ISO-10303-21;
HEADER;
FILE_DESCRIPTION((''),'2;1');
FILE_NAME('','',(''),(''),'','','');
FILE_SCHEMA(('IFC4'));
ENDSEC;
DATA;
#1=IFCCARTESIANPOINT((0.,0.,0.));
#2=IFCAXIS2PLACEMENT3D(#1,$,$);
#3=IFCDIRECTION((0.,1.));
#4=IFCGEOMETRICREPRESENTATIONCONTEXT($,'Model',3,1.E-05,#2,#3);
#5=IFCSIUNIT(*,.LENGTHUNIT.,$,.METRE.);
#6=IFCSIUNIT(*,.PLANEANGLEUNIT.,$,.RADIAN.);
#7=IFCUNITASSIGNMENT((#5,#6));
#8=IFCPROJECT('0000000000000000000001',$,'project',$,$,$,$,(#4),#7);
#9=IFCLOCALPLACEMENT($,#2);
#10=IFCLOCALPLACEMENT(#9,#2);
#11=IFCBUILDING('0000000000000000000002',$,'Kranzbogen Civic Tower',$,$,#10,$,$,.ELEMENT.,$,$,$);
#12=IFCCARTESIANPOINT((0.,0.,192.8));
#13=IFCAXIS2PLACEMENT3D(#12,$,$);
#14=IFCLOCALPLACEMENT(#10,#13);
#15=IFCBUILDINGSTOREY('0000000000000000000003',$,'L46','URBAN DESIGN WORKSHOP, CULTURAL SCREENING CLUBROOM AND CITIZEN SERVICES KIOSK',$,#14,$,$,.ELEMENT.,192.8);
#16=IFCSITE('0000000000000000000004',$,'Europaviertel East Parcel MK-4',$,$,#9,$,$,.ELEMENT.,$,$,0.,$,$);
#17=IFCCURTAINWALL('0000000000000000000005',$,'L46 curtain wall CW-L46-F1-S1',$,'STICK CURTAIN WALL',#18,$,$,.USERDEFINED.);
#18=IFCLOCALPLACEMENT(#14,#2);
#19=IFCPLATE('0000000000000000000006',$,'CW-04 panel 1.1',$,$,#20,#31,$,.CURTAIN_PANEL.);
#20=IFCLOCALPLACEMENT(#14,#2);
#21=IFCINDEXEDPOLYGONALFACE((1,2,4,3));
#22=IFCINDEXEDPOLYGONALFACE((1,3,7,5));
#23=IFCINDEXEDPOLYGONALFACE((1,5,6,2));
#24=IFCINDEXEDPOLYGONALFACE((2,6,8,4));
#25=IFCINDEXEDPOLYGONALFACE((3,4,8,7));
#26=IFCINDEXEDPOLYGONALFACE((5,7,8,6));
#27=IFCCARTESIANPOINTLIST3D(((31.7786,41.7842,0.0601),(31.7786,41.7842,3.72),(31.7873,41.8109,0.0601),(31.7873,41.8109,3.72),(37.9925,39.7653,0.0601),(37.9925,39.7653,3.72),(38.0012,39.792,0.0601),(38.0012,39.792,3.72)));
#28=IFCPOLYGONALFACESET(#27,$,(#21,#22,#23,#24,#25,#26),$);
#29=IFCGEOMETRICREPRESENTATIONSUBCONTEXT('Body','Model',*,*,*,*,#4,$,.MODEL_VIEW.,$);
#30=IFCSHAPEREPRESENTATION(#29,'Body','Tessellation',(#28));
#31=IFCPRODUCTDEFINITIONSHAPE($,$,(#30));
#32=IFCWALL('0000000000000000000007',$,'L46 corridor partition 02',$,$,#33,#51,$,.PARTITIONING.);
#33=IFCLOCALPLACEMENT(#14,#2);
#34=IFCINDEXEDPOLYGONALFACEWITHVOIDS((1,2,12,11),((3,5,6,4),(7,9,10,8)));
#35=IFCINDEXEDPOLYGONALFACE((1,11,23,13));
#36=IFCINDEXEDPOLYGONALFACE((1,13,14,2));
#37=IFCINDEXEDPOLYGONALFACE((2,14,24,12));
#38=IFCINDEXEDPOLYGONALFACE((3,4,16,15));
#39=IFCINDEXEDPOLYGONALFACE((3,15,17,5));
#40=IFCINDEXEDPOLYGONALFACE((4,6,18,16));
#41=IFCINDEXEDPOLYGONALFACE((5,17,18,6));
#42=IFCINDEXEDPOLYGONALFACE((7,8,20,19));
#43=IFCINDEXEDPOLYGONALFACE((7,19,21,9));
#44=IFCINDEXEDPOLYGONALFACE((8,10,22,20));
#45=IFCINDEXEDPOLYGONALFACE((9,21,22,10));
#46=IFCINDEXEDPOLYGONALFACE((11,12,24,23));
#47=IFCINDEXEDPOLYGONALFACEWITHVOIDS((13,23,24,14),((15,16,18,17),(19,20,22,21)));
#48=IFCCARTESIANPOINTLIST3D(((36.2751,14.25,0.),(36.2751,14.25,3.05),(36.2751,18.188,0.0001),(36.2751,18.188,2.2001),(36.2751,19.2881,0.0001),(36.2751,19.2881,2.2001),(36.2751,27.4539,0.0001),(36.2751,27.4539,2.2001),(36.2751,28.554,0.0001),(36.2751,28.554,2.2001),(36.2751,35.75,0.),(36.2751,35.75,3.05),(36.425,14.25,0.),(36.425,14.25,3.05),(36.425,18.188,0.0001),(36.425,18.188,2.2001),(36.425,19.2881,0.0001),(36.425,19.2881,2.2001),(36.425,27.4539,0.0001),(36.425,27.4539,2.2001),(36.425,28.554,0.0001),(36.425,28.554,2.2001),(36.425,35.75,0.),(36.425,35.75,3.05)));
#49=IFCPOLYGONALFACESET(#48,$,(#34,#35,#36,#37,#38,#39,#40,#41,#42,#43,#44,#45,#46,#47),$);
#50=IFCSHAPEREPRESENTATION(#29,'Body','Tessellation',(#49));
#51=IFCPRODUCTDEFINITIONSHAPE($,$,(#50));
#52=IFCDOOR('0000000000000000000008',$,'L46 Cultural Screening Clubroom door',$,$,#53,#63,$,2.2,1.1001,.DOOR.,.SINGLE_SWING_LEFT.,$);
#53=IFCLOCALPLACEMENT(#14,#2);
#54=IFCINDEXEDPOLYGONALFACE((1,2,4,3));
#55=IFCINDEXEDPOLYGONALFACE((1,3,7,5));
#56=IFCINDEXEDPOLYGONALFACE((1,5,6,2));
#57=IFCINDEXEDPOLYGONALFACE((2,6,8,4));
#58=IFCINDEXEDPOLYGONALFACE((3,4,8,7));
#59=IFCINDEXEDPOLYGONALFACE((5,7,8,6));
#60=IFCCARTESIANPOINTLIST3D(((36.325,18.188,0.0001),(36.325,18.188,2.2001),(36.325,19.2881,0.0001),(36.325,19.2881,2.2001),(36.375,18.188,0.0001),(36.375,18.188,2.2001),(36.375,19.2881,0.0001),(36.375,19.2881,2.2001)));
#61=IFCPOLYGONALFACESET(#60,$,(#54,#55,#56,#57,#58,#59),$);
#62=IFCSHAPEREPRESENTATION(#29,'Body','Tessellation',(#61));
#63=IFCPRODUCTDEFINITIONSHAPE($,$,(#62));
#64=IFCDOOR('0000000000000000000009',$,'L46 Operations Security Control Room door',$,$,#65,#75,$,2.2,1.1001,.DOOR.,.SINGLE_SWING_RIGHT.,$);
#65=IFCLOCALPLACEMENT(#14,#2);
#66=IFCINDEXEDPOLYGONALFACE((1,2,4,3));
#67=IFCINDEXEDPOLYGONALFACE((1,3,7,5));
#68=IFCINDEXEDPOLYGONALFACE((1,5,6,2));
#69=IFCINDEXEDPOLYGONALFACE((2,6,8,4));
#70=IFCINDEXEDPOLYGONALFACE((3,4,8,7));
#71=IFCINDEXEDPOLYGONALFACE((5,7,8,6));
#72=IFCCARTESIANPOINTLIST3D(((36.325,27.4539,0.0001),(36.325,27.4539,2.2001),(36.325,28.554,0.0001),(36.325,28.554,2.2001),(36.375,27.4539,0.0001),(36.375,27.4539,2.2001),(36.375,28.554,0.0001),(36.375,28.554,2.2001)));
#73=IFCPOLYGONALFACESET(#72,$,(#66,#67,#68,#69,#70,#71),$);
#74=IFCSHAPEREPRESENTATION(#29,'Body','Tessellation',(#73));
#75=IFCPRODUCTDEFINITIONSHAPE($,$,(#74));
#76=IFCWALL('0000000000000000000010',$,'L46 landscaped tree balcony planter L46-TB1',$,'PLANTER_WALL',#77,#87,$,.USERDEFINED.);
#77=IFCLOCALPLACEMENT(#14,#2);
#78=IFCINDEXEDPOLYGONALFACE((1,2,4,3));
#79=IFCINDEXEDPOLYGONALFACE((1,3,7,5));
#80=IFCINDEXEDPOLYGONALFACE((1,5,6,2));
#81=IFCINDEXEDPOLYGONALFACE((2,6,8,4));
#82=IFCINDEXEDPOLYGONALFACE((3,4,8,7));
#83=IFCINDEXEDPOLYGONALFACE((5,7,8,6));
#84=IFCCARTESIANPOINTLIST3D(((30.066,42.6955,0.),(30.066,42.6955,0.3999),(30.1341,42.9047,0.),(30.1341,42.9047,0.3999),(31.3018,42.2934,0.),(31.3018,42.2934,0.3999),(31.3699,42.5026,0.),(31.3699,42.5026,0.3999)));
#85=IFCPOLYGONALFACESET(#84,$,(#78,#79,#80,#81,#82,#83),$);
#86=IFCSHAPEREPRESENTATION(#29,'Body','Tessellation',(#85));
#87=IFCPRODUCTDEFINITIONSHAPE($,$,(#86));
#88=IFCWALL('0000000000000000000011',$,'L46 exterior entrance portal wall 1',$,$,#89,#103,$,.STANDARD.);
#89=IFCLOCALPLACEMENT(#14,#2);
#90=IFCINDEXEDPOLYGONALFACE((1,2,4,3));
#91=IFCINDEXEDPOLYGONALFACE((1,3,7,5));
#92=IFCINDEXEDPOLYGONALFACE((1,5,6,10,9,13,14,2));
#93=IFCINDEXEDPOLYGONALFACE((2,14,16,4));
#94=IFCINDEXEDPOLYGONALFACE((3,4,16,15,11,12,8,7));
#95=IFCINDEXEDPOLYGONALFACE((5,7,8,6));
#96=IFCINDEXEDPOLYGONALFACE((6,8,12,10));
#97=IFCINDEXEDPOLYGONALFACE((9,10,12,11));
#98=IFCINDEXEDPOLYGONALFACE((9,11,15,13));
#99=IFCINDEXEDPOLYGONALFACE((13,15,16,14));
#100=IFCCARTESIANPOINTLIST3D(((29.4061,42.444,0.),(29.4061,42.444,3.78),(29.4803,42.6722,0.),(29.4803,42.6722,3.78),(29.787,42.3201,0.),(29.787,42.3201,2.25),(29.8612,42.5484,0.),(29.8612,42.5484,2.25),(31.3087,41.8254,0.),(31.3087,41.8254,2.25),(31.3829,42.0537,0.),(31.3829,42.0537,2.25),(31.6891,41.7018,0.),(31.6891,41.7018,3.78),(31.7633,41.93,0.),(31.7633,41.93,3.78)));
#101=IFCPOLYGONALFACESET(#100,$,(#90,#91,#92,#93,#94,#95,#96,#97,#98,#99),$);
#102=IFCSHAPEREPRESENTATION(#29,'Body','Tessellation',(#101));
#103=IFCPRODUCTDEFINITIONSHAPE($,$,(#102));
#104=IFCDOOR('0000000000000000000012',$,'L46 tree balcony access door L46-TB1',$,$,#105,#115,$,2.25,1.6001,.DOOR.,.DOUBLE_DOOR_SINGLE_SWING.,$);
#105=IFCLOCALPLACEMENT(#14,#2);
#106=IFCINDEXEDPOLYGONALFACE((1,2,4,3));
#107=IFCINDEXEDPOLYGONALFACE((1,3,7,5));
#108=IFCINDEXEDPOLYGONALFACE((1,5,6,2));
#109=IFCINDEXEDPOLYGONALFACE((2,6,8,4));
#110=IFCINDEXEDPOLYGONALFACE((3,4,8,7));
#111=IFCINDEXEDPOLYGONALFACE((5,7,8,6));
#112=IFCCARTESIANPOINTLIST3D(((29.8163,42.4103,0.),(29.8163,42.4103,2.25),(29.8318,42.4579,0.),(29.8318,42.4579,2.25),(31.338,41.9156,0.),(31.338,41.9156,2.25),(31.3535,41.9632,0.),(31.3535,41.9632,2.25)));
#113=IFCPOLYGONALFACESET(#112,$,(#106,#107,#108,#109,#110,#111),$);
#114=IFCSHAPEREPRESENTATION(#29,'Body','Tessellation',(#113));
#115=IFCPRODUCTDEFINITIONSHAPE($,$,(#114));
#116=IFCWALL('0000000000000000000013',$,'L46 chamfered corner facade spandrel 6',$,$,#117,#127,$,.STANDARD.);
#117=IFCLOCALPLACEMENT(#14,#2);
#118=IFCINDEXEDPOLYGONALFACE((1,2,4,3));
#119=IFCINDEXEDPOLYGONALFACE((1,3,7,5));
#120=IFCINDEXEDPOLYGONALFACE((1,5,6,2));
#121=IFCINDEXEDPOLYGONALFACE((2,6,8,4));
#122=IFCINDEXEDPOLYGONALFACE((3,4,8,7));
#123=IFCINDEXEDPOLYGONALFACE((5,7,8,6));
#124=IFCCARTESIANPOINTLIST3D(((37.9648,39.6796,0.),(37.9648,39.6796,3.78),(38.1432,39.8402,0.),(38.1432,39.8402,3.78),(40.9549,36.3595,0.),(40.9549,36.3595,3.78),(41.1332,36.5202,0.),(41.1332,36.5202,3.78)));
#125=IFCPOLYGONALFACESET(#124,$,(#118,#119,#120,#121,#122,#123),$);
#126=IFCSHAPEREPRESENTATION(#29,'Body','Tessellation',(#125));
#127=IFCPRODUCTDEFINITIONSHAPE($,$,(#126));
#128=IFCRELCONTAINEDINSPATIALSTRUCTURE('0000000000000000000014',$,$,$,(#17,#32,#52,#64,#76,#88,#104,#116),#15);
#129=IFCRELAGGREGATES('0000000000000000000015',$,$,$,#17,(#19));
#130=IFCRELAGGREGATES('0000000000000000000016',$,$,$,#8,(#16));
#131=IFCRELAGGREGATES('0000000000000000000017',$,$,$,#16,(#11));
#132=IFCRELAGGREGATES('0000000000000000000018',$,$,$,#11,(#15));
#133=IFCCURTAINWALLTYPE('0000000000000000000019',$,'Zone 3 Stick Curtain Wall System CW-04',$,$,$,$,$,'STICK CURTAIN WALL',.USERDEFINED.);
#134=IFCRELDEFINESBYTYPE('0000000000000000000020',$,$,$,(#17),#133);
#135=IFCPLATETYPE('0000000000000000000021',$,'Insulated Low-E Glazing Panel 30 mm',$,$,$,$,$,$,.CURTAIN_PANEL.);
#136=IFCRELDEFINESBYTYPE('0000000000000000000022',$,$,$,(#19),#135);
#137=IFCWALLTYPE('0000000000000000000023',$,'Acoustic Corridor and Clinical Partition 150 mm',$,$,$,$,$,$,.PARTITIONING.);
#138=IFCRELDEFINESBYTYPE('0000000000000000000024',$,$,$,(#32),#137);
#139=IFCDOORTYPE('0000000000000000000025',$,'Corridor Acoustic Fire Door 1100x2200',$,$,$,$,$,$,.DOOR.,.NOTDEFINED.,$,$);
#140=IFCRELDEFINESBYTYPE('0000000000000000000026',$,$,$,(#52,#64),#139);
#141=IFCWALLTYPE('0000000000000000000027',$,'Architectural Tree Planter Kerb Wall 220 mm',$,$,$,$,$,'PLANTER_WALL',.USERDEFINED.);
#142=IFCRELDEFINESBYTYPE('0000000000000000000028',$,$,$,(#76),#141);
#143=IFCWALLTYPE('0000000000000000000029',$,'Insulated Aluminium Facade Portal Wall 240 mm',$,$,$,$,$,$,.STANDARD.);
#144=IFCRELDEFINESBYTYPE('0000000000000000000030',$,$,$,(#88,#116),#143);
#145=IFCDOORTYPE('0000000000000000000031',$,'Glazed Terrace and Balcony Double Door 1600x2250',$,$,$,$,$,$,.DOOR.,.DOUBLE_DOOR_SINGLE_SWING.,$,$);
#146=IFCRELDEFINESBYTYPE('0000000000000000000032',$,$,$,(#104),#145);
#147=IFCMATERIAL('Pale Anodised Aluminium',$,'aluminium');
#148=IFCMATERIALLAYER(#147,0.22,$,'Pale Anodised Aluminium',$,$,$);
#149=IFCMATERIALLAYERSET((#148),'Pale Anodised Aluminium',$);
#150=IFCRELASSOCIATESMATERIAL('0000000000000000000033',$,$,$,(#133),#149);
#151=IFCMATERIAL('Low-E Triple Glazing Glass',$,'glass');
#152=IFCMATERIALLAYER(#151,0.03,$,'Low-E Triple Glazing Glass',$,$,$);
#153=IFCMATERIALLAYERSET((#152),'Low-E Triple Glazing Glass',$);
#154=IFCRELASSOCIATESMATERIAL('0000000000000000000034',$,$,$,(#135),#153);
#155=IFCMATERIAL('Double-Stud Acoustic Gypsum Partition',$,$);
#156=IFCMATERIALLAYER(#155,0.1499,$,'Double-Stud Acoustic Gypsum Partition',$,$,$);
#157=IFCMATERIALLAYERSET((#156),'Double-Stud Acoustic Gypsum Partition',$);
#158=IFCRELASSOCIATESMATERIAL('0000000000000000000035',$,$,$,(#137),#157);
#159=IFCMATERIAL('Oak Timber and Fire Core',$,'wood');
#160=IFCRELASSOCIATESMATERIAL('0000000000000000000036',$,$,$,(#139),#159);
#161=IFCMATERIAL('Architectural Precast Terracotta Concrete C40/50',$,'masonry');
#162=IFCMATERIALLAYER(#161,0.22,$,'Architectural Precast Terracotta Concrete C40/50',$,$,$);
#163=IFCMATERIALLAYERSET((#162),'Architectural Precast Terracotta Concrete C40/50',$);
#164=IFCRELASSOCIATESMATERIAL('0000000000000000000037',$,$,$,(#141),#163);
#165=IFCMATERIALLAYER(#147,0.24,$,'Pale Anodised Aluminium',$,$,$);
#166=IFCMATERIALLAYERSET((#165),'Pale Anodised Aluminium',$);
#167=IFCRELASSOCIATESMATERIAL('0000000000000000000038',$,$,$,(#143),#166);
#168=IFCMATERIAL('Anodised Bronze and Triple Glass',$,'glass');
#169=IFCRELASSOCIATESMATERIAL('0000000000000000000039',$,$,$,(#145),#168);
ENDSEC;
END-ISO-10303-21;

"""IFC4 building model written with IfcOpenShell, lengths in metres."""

from ifc_helpers import new_model, si_unit, direction, frame, frame_2d, origin, origin_2d, place, context, subcontext, project, spatial, rectangle, extrude, material, layer, layer_set, type_object, element, fill, aggregate, save


model = new_model("IFC4")

# Units and contexts
model_context = context("Model", 3, precision=1e-05, world=origin(), true_north=direction((0.0, 1.0)))
body_context = subcontext(model_context, "Body", "Model", "MODEL_VIEW")
ifc_project = project(units=[si_unit("LENGTHUNIT", "METRE"), si_unit("PLANEANGLEUNIT", "RADIAN")], contexts=[model_context])

# Site, building, storey
site_placement = place(None, origin())
site = spatial("IfcSite", under=ifc_project, at=site_placement, Name="Europaviertel East Parcel MK-4", CompositionType="ELEMENT", RefElevation=0.0)
building_placement = place(site_placement, origin())
building = spatial("IfcBuilding", under=site, at=building_placement, Name="Kranzbogen Civic Tower", CompositionType="ELEMENT")
storey_placement = place(building_placement, frame((0.0, 0.0, 192.8)))
storey = spatial("IfcBuildingStorey", under=building, at=storey_placement, Name="L46", Description="URBAN DESIGN WORKSHOP, CULTURAL SCREENING CLUBROOM AND CITIZEN SERVICES KIOSK", CompositionType="ELEMENT", Elevation=192.8)

# Curtain wall
ifc_material_1 = material(Name="Pale Anodised Aluminium", Category="aluminium")
ifc_layer_1 = layer(ifc_material_1, 0.22, Name="Pale Anodised Aluminium")
ifc_layer_set_1 = layer_set([ifc_layer_1], Name="Pale Anodised Aluminium")
curtain_wall_type = type_object("IfcCurtainWallType", Name="Zone 3 Stick Curtain Wall System CW-04", ElementType="STICK CURTAIN WALL", PredefinedType="USERDEFINED", material=ifc_layer_set_1)
curtain_wall_1_placement = place(storey_placement, origin())
curtain_wall_1 = element("IfcCurtainWall", 1, at=curtain_wall_1_placement, inside=storey, type_object=curtain_wall_type, Name="L46 curtain wall CW-L46-F1-S1", ObjectType="STICK CURTAIN WALL", PredefinedType="USERDEFINED")

# Plate
ifc_material_2 = material(Name="Low-E Triple Glazing Glass", Category="glass")
ifc_layer_2 = layer(ifc_material_2, 0.03, Name="Low-E Triple Glazing Glass")
ifc_layer_set_2 = layer_set([ifc_layer_2], Name="Low-E Triple Glazing Glass")
plate_type = type_object("IfcPlateType", Name="Insulated Low-E Glazing Panel 30 mm", PredefinedType="CURTAIN_PANEL", material=ifc_layer_set_2)
plate_placement = place(storey_placement, frame((34.8899, 40.7881, 0.0601), z_axis=(0.0, 0.0, 1.0), x_axis=(-0.951061, 0.309005, 0.0)))
plate = element("IfcPlate", 2, at=plate_placement, type_object=plate_type, Name="CW-04 panel 1.1", PredefinedType="CURTAIN_PANEL", context=body_context, shape_type="SweptSolid", body=[
    extrude(rectangle(XDim=6.5337, YDim=0.0281, at=origin_2d()), origin(), (0.0, 0.0, 1.0), 3.6599),
])
aggregate(curtain_wall_1, [plate])

# Wall, openings, doors
ifc_material_3 = material(Name="Double-Stud Acoustic Gypsum Partition")
ifc_layer_3 = layer(ifc_material_3, 0.1499, Name="Double-Stud Acoustic Gypsum Partition")
ifc_layer_set_3 = layer_set([ifc_layer_3], Name="Double-Stud Acoustic Gypsum Partition")
wall_type_1 = type_object("IfcWallType", Name="Acoustic Corridor and Clinical Partition 150 mm", PredefinedType="PARTITIONING", material=ifc_layer_set_3)
wall_1_placement = place(storey_placement, frame((36.3501, 35.75, 0.0), z_axis=(0.0, 0.0, 1.0), x_axis=(0.0, -1.0, 0.0)))
wall_1 = element("IfcWall", 3, at=wall_1_placement, inside=storey, type_object=wall_type_1, Name="L46 corridor partition 02", PredefinedType="PARTITIONING", context=body_context, shape_type="SweptSolid", body=[
    extrude(rectangle(XDim=21.5, YDim=0.1499, at=frame_2d((10.75, 0.0))), origin(), (0.0, 0.0, 1.0), 3.05),
])
opening_1_placement = place(wall_1_placement, frame((16.4619, 0.0, 0.0)))
opening_1 = element("IfcOpeningElement", 4, at=opening_1_placement, cuts=wall_1, PredefinedType="OPENING", context=body_context, shape_type="SweptSolid", body=[
    extrude(rectangle(XDim=1.1001, YDim=2.2, at=frame_2d((0.55, 1.1001))), frame((0.0, 0.085, 0.0), z_axis=(0.0, -1.0, 0.0), x_axis=(1.0, 0.0, 0.0)), (0.0, 0.0, 1.0), 0.1699),
])
opening_2_placement = place(wall_1_placement, frame((7.196, 0.0, 0.0)))
opening_2 = element("IfcOpeningElement", 5, at=opening_2_placement, cuts=wall_1, PredefinedType="OPENING", context=body_context, shape_type="SweptSolid", body=[
    extrude(rectangle(XDim=1.1001, YDim=2.2, at=frame_2d((0.55, 1.1001))), frame((0.0, 0.085, 0.0), z_axis=(0.0, -1.0, 0.0), x_axis=(1.0, 0.0, 0.0)), (0.0, 0.0, 1.0), 0.1699),
])
ifc_material_4 = material(Name="Oak Timber and Fire Core", Category="wood")
door_type_1 = type_object("IfcDoorType", Name="Corridor Acoustic Fire Door 1100x2200", OperationType="NOTDEFINED", PredefinedType="DOOR", material=ifc_material_4)
door_1_placement = place(opening_1_placement, origin())
door_1 = element("IfcDoor", 6, at=door_1_placement, inside=storey, type_object=door_type_1, Name="L46 Cultural Screening Clubroom door", OperationType="SINGLE_SWING_LEFT", OverallHeight=2.2, OverallWidth=1.1001, PredefinedType="DOOR", context=body_context, shape_type="SweptSolid", body=[
    extrude(rectangle(XDim=1.1001, YDim=2.2, at=frame_2d((0.55, 1.1001))), frame((0.0, 0.0249, 0.0), z_axis=(0.0, -1.0, 0.0), x_axis=(1.0, 0.0, 0.0)), (0.0, 0.0, 1.0), 0.05),
])
fill(opening_1, door_1)
door_2_placement = place(opening_2_placement, origin())
door_2 = element("IfcDoor", 7, at=door_2_placement, inside=storey, type_object=door_type_1, Name="L46 Operations Security Control Room door", OperationType="SINGLE_SWING_RIGHT", OverallHeight=2.2, OverallWidth=1.1001, PredefinedType="DOOR", context=body_context, shape_type="SweptSolid", body=[
    extrude(rectangle(XDim=1.1001, YDim=2.2, at=frame_2d((0.55, 1.1001))), frame((0.0, 0.0249, 0.0), z_axis=(0.0, -1.0, 0.0), x_axis=(1.0, 0.0, 0.0)), (0.0, 0.0, 1.0), 0.05),
])
fill(opening_2, door_2)

# Wall
ifc_material_5 = material(Name="Architectural Precast Terracotta Concrete C40/50", Category="masonry")
ifc_layer_4 = layer(ifc_material_5, 0.22, Name="Architectural Precast Terracotta Concrete C40/50")
ifc_layer_set_4 = layer_set([ifc_layer_4], Name="Architectural Precast Terracotta Concrete C40/50")
wall_type_2 = type_object("IfcWallType", Name="Architectural Tree Planter Kerb Wall 220 mm", ElementType="PLANTER_WALL", PredefinedType="USERDEFINED", material=ifc_layer_set_4)
wall_2_placement = place(storey_placement, frame((31.3359, 42.3979, 0.0), z_axis=(0.0, 0.0, 1.0), x_axis=(-0.950932, 0.3094, 0.0)))
element("IfcWall", 8, at=wall_2_placement, inside=storey, type_object=wall_type_2, Name="L46 landscaped tree balcony planter L46-TB1", ObjectType="PLANTER_WALL", PredefinedType="USERDEFINED", context=body_context, shape_type="SweptSolid", body=[
    extrude(rectangle(XDim=1.2996, YDim=0.22, at=frame_2d((0.6499, 0.0))), origin(), (0.0, 0.0, 1.0), 0.3999),
])

# Wall, opening, door
ifc_layer_5 = layer(ifc_material_1, 0.24, Name="Pale Anodised Aluminium")
ifc_layer_set_5 = layer_set([ifc_layer_5], Name="Pale Anodised Aluminium")
wall_type_3 = type_object("IfcWallType", Name="Insulated Aluminium Facade Portal Wall 240 mm", PredefinedType="STANDARD", material=ifc_layer_set_5)
wall_3_placement = place(storey_placement, frame((31.7261, 41.8159, 0.0), z_axis=(0.0, 0.0, 1.0), x_axis=(-0.951006, 0.309171, 0.0)))
wall_3 = element("IfcWall", 9, at=wall_3_placement, inside=storey, type_object=wall_type_3, Name="L46 exterior entrance portal wall 1", PredefinedType="STANDARD", context=body_context, shape_type="SweptSolid", body=[
    extrude(rectangle(XDim=2.4006, YDim=0.24, at=frame_2d((1.2002, 0.0))), origin(), (0.0, 0.0, 1.0), 3.78),
])
opening_3_placement = place(wall_3_placement, frame((0.3999, 0.0, 0.0)))
opening_3 = element("IfcOpeningElement", 10, at=opening_3_placement, cuts=wall_3, PredefinedType="OPENING", context=body_context, shape_type="SweptSolid", body=[
    extrude(rectangle(XDim=1.6001, YDim=2.25, at=frame_2d((0.8, 1.125))), frame((0.0, 0.1299, 0.0), z_axis=(0.0, -1.0, 0.0), x_axis=(1.0, 0.0, 0.0)), (0.0, 0.0, 1.0), 0.26),
])
ifc_material_6 = material(Name="Anodised Bronze and Triple Glass", Category="glass")
door_type_2 = type_object("IfcDoorType", Name="Glazed Terrace and Balcony Double Door 1600x2250", OperationType="DOUBLE_DOOR_SINGLE_SWING", PredefinedType="DOOR", material=ifc_material_6)
door_3_placement = place(opening_3_placement, frame((1.6001, 0.0, 0.0), z_axis=(0.0, 0.0, 1.0), x_axis=(-1.0, 0.0, 0.0)))
door_3 = element("IfcDoor", 11, at=door_3_placement, inside=storey, type_object=door_type_2, Name="L46 tree balcony access door L46-TB1", OperationType="DOUBLE_DOOR_SINGLE_SWING", OverallHeight=2.25, OverallWidth=1.6001, PredefinedType="DOOR", context=body_context, shape_type="SweptSolid", body=[
    extrude(rectangle(XDim=1.6001, YDim=2.25, at=frame_2d((0.8, 1.125))), frame((0.0, 0.0249, 0.0), z_axis=(0.0, -1.0, 0.0), x_axis=(1.0, 0.0, 0.0)), (0.0, 0.0, 1.0), 0.05),
])
fill(opening_3, door_3)

# Wall
wall_4_placement = place(storey_placement, frame((41.0439, 36.4399, 0.0), z_axis=(0.0, 0.0, 1.0), x_axis=(-0.669203, 0.743079, 0.0)))
element("IfcWall", 12, at=wall_4_placement, inside=storey, type_object=wall_type_3, Name="L46 chamfered corner facade spandrel 6", PredefinedType="STANDARD", context=body_context, shape_type="SweptSolid", body=[
    extrude(rectangle(XDim=4.468, YDim=0.24, at=frame_2d((2.2339, 0.0))), origin(), (0.0, 0.0, 1.0), 3.78),
])

save(model, "model.ifc")
